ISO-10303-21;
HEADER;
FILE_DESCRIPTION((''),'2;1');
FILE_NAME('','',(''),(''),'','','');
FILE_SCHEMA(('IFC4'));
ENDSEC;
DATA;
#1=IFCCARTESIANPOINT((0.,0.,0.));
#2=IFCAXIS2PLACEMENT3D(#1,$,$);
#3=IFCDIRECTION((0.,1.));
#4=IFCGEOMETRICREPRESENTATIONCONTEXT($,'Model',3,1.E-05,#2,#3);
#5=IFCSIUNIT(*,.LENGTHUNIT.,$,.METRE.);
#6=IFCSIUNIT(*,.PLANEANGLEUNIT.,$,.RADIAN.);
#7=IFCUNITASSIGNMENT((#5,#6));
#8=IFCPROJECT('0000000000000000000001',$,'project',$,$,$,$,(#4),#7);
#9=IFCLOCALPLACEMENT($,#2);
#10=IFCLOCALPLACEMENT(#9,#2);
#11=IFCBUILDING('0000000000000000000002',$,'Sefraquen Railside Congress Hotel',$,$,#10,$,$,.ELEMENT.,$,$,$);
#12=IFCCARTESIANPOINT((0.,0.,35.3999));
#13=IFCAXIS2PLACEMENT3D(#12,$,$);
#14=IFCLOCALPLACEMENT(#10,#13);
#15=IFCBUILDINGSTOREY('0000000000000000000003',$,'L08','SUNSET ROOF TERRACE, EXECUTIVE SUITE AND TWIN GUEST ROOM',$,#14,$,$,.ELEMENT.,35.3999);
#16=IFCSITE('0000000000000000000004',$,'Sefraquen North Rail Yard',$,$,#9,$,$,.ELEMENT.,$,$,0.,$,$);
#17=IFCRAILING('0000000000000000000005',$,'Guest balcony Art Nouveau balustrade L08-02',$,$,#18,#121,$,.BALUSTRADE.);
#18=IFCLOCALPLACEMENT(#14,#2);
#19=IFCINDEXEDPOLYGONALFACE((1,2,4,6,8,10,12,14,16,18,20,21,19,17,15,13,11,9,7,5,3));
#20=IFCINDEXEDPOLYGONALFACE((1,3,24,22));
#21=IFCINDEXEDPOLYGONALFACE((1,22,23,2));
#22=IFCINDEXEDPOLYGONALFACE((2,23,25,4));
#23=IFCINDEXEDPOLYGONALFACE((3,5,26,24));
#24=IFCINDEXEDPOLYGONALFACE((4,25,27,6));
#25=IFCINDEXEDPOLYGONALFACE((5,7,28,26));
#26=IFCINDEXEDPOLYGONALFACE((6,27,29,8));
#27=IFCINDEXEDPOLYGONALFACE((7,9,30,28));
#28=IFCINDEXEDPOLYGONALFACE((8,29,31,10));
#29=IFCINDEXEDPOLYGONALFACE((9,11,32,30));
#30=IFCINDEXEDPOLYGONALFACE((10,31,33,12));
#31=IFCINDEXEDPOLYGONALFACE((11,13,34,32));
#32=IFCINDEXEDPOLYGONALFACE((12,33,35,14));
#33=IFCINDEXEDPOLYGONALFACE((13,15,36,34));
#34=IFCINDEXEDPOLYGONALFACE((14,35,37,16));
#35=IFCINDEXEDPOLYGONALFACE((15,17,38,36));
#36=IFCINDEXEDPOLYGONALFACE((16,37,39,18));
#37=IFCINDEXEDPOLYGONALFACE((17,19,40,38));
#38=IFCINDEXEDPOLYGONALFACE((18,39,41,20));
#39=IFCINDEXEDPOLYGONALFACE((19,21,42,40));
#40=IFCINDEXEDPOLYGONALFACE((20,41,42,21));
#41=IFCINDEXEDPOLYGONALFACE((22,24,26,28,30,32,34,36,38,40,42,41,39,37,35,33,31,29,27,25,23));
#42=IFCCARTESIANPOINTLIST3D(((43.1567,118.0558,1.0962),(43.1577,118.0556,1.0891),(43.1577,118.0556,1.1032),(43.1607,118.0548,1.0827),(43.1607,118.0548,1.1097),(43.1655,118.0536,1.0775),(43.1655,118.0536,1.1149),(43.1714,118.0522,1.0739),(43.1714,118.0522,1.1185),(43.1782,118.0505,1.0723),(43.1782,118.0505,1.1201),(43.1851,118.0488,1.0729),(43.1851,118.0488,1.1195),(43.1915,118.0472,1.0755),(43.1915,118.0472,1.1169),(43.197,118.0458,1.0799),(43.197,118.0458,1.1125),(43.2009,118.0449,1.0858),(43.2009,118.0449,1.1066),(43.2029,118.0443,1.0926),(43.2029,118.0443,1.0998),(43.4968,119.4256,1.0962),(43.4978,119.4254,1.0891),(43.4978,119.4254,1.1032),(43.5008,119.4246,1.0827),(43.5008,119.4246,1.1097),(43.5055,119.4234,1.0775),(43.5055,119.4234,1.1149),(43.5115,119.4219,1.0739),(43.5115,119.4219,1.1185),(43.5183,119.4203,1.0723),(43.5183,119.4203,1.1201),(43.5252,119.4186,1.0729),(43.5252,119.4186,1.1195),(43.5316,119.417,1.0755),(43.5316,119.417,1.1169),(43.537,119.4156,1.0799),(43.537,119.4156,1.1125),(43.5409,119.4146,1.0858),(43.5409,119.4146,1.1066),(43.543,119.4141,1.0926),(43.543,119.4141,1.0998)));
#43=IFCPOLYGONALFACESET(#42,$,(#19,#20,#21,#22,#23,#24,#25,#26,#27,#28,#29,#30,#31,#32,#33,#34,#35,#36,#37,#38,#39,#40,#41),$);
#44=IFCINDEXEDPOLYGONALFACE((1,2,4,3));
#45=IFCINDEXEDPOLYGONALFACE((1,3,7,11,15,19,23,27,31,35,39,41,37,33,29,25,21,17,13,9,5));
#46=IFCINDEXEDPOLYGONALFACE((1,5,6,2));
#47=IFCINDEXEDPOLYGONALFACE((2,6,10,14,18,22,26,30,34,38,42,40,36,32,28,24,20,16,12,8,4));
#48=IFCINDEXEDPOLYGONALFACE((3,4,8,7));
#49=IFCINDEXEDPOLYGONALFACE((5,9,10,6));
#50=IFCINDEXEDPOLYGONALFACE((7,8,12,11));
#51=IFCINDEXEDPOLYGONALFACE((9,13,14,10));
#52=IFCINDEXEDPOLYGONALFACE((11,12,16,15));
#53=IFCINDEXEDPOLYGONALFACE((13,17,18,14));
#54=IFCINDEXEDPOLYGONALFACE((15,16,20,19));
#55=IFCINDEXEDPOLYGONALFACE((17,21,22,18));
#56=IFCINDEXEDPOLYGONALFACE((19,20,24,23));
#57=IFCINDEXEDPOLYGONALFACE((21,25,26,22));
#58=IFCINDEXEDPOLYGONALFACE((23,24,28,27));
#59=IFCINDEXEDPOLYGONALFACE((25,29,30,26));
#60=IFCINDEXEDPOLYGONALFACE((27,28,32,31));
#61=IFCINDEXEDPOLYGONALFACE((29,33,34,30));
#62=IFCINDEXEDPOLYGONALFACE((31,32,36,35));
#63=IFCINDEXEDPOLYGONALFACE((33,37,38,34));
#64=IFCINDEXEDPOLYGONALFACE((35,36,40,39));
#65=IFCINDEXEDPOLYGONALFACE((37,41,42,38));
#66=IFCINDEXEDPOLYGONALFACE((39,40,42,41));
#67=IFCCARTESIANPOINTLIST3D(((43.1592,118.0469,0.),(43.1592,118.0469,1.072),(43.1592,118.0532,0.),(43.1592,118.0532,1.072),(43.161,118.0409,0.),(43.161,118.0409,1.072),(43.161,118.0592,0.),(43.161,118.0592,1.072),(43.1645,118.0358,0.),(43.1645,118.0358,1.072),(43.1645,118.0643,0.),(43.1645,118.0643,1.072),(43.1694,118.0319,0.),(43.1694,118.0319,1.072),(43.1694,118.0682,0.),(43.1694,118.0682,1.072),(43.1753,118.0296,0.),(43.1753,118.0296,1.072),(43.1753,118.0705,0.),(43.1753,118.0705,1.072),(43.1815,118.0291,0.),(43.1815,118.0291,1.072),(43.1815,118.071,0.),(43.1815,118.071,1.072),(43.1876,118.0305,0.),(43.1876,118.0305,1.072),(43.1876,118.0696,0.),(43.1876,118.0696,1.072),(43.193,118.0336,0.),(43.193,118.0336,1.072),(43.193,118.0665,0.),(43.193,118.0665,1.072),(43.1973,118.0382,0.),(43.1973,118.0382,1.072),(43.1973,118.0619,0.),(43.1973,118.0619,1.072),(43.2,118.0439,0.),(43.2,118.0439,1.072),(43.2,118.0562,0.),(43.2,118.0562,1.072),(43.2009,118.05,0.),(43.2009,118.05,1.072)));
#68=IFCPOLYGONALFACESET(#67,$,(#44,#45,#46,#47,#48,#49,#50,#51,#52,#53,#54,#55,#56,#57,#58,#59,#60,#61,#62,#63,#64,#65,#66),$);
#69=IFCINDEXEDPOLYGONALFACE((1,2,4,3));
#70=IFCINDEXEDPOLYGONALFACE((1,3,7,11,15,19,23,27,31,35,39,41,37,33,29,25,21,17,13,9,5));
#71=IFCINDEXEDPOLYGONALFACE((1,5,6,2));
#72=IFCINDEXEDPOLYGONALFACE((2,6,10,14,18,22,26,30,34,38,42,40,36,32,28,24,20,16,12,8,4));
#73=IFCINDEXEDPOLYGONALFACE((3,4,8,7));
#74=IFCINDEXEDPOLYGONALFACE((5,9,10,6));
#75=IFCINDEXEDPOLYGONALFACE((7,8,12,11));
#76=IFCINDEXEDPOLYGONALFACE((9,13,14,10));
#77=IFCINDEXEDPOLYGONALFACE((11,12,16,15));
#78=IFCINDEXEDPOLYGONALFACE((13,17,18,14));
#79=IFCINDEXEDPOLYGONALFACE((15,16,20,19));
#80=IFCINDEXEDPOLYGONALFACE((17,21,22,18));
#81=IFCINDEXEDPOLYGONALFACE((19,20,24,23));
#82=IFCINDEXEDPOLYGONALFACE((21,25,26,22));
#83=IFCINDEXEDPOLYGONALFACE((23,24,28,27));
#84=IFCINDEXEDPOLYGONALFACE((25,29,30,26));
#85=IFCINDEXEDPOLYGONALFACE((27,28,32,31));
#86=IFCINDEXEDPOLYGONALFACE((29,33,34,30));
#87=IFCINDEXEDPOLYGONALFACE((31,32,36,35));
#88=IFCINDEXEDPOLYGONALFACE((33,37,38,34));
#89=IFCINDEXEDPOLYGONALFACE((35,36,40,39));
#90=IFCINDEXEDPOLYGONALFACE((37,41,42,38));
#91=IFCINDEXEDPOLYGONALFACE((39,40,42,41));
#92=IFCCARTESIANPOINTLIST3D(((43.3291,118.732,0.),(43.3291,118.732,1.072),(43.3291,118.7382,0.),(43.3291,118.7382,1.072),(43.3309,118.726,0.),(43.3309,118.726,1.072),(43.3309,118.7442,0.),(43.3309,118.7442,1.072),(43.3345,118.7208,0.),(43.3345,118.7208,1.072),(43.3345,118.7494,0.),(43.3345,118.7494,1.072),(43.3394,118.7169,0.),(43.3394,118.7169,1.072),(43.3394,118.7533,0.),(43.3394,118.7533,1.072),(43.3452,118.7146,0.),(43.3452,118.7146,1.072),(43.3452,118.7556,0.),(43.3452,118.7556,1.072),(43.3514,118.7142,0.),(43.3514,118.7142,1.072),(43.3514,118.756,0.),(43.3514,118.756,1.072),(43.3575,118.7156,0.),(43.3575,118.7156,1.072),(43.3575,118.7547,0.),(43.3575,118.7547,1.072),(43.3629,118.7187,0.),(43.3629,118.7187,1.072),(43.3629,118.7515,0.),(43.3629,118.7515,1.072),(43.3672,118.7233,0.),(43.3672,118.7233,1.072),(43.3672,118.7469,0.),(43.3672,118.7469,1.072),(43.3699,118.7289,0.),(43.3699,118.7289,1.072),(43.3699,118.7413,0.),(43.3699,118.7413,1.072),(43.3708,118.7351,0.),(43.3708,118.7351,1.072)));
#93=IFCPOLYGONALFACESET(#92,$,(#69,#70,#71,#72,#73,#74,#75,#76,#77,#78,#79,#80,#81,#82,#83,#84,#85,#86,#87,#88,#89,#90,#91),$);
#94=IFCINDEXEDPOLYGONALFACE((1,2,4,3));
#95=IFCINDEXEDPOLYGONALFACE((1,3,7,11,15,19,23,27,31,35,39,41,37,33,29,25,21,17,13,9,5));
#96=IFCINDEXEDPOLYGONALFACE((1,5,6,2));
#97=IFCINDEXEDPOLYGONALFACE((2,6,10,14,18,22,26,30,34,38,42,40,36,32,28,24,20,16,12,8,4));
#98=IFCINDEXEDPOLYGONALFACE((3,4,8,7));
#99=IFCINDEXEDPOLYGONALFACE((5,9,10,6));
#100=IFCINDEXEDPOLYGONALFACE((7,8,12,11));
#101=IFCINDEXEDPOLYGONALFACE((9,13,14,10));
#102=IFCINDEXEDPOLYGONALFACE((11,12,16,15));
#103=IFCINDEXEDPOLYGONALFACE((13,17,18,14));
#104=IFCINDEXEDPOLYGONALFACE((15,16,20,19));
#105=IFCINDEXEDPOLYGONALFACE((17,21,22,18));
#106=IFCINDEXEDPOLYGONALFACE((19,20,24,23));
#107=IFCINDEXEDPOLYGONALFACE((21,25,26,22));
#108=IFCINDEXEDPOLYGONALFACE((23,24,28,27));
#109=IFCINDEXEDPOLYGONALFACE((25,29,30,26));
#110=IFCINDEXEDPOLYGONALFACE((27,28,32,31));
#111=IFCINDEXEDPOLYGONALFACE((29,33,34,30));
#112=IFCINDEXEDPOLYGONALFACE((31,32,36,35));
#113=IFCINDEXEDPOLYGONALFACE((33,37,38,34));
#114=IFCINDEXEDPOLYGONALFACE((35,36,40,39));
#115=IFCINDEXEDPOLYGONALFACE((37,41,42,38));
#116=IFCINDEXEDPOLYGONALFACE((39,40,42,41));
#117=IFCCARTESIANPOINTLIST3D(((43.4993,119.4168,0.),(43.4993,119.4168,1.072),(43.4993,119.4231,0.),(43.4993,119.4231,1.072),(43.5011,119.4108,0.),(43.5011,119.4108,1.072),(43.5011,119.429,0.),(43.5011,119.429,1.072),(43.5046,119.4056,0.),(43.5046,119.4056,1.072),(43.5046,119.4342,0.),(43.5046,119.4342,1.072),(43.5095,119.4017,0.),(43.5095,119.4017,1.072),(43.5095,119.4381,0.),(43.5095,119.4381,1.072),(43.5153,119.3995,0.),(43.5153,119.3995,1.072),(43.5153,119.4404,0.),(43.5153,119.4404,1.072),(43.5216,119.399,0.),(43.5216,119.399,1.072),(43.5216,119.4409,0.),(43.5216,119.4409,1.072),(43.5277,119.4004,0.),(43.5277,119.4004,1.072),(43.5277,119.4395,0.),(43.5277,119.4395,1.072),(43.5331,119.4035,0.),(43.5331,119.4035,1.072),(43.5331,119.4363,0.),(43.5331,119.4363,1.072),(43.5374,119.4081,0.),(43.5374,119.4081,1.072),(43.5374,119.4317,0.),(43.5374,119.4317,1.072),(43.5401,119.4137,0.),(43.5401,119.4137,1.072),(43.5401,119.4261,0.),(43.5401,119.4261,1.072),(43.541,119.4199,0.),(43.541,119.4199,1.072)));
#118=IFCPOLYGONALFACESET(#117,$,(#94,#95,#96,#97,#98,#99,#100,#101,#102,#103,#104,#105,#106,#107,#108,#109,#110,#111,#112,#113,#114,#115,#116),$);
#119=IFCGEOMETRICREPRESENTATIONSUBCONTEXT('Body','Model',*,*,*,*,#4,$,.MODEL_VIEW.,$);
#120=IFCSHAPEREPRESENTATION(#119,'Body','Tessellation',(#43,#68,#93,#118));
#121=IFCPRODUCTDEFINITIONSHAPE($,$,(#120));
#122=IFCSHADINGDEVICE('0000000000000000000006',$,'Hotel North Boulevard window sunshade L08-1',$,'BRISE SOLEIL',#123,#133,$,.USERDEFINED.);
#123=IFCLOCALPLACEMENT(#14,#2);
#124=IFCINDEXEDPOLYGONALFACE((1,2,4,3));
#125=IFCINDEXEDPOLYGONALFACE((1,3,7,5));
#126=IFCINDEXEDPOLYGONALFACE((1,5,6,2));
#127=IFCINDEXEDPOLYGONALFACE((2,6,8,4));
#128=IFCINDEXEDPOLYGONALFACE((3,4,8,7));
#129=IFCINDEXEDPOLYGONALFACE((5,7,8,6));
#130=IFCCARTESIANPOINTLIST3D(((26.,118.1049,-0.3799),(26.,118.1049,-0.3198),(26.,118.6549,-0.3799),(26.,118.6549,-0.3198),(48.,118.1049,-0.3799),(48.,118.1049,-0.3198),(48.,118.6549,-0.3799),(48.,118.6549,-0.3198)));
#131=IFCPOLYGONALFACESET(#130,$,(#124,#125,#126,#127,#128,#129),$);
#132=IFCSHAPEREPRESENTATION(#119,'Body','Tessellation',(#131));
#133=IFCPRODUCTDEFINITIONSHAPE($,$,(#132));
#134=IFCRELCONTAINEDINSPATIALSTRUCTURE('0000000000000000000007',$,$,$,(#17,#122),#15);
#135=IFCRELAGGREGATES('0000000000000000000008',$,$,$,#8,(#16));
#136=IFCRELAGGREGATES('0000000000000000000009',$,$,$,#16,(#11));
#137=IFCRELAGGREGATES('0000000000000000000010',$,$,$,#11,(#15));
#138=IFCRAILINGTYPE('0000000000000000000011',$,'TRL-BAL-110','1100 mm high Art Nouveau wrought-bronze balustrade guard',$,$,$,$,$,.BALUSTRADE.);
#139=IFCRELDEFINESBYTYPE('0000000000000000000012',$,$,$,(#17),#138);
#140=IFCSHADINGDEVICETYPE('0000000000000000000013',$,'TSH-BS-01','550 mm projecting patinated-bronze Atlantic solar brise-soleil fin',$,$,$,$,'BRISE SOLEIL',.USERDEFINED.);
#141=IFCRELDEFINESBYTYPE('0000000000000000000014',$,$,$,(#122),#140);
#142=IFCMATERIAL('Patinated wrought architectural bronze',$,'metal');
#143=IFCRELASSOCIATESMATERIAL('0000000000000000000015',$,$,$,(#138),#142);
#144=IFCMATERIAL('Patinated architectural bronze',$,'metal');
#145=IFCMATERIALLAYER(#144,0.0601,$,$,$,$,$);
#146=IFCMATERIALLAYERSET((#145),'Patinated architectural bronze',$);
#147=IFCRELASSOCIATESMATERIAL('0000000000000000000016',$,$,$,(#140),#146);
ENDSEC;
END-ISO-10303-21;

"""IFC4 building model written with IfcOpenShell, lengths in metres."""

from ifc_helpers import new_model, si_unit, direction, frame, origin, origin_2d, place, context, subcontext, project, spatial, rectangle, circle, extrude, material, layer, layer_set, type_object, element, save


model = new_model("IFC4")

# Units and contexts
model_context = context("Model", 3, precision=1e-05, world=origin(), true_north=direction((0.0, 1.0)))
body_context = subcontext(model_context, "Body", "Model", "MODEL_VIEW")
ifc_project = project(units=[si_unit("LENGTHUNIT", "METRE"), si_unit("PLANEANGLEUNIT", "RADIAN")], contexts=[model_context])

# Site, building, storey
site_placement = place(None, origin())
site = spatial("IfcSite", under=ifc_project, at=site_placement, Name="Sefraquen North Rail Yard", CompositionType="ELEMENT", RefElevation=0.0)
building_placement = place(site_placement, origin())
building = spatial("IfcBuilding", under=site, at=building_placement, Name="Sefraquen Railside Congress Hotel", CompositionType="ELEMENT")
storey_placement = place(building_placement, frame((0.0, 0.0, 35.3999)))
storey = spatial("IfcBuildingStorey", under=building, at=storey_placement, Name="L08", Description="SUNSET ROOF TERRACE, EXECUTIVE SUITE AND TWIN GUEST ROOM", CompositionType="ELEMENT", Elevation=35.3999)

# Railing
ifc_material_1 = material(Name="Patinated wrought architectural bronze", Category="metal")
railing_type = type_object("IfcRailingType", Name="TRL-BAL-110", Description="1100 mm high Art Nouveau wrought-bronze balustrade guard", PredefinedType="BALUSTRADE", material=ifc_material_1)
railing_placement = place(storey_placement, frame((43.1799, 118.05, 0.0)))
element("IfcRailing", 1, at=railing_placement, inside=storey, type_object=railing_type, Name="Guest balcony Art Nouveau balustrade L08-02", PredefinedType="BALUSTRADE", context=body_context, shape_type="SweptSolid", body=[
    extrude(circle(Radius=0.0239, at=origin_2d()), frame((0.0, 0.0, 1.0962), z_axis=(0.240948, 0.970538, 0.0), x_axis=(-0.970538, 0.240948, 0.0)), (0.0, 0.0, 1.0), 1.4114),
    extrude(circle(Radius=0.021, at=origin_2d()), origin(), (0.0, 0.0, 1.0), 1.072),
    extrude(circle(Radius=0.021, at=origin_2d()), frame((0.1699, 0.6851, 0.0)), (0.0, 0.0, 1.0), 1.072),
    extrude(circle(Radius=0.021, at=origin_2d()), frame((0.3401, 1.3699, 0.0)), (0.0, 0.0, 1.0), 1.072),
])

# Shading device
ifc_material_2 = material(Name="Patinated architectural bronze", Category="metal")
ifc_layer_1 = layer(ifc_material_2, 0.0601)
ifc_layer_set_1 = layer_set([ifc_layer_1], Name="Patinated architectural bronze")
shading_device_type = type_object("IfcShadingDeviceType", Name="TSH-BS-01", Description="550 mm projecting patinated-bronze Atlantic solar brise-soleil fin", ElementType="BRISE SOLEIL", PredefinedType="USERDEFINED", material=ifc_layer_set_1)
shading_device_placement = place(storey_placement, frame((37.0, 118.3799, -0.3799), z_axis=(0.0, 0.0, 1.0), x_axis=(1.0, 0.0, 0.0)))
element("IfcShadingDevice", 2, at=shading_device_placement, inside=storey, type_object=shading_device_type, Name="Hotel North Boulevard window sunshade L08-1", ObjectType="BRISE SOLEIL", PredefinedType="USERDEFINED", context=body_context, shape_type="SweptSolid", body=[
    extrude(rectangle(XDim=22.0, YDim=0.55, at=origin_2d()), origin(), (0.0, 0.0, 1.0), 0.0601),
])

save(model, "model.ifc")
